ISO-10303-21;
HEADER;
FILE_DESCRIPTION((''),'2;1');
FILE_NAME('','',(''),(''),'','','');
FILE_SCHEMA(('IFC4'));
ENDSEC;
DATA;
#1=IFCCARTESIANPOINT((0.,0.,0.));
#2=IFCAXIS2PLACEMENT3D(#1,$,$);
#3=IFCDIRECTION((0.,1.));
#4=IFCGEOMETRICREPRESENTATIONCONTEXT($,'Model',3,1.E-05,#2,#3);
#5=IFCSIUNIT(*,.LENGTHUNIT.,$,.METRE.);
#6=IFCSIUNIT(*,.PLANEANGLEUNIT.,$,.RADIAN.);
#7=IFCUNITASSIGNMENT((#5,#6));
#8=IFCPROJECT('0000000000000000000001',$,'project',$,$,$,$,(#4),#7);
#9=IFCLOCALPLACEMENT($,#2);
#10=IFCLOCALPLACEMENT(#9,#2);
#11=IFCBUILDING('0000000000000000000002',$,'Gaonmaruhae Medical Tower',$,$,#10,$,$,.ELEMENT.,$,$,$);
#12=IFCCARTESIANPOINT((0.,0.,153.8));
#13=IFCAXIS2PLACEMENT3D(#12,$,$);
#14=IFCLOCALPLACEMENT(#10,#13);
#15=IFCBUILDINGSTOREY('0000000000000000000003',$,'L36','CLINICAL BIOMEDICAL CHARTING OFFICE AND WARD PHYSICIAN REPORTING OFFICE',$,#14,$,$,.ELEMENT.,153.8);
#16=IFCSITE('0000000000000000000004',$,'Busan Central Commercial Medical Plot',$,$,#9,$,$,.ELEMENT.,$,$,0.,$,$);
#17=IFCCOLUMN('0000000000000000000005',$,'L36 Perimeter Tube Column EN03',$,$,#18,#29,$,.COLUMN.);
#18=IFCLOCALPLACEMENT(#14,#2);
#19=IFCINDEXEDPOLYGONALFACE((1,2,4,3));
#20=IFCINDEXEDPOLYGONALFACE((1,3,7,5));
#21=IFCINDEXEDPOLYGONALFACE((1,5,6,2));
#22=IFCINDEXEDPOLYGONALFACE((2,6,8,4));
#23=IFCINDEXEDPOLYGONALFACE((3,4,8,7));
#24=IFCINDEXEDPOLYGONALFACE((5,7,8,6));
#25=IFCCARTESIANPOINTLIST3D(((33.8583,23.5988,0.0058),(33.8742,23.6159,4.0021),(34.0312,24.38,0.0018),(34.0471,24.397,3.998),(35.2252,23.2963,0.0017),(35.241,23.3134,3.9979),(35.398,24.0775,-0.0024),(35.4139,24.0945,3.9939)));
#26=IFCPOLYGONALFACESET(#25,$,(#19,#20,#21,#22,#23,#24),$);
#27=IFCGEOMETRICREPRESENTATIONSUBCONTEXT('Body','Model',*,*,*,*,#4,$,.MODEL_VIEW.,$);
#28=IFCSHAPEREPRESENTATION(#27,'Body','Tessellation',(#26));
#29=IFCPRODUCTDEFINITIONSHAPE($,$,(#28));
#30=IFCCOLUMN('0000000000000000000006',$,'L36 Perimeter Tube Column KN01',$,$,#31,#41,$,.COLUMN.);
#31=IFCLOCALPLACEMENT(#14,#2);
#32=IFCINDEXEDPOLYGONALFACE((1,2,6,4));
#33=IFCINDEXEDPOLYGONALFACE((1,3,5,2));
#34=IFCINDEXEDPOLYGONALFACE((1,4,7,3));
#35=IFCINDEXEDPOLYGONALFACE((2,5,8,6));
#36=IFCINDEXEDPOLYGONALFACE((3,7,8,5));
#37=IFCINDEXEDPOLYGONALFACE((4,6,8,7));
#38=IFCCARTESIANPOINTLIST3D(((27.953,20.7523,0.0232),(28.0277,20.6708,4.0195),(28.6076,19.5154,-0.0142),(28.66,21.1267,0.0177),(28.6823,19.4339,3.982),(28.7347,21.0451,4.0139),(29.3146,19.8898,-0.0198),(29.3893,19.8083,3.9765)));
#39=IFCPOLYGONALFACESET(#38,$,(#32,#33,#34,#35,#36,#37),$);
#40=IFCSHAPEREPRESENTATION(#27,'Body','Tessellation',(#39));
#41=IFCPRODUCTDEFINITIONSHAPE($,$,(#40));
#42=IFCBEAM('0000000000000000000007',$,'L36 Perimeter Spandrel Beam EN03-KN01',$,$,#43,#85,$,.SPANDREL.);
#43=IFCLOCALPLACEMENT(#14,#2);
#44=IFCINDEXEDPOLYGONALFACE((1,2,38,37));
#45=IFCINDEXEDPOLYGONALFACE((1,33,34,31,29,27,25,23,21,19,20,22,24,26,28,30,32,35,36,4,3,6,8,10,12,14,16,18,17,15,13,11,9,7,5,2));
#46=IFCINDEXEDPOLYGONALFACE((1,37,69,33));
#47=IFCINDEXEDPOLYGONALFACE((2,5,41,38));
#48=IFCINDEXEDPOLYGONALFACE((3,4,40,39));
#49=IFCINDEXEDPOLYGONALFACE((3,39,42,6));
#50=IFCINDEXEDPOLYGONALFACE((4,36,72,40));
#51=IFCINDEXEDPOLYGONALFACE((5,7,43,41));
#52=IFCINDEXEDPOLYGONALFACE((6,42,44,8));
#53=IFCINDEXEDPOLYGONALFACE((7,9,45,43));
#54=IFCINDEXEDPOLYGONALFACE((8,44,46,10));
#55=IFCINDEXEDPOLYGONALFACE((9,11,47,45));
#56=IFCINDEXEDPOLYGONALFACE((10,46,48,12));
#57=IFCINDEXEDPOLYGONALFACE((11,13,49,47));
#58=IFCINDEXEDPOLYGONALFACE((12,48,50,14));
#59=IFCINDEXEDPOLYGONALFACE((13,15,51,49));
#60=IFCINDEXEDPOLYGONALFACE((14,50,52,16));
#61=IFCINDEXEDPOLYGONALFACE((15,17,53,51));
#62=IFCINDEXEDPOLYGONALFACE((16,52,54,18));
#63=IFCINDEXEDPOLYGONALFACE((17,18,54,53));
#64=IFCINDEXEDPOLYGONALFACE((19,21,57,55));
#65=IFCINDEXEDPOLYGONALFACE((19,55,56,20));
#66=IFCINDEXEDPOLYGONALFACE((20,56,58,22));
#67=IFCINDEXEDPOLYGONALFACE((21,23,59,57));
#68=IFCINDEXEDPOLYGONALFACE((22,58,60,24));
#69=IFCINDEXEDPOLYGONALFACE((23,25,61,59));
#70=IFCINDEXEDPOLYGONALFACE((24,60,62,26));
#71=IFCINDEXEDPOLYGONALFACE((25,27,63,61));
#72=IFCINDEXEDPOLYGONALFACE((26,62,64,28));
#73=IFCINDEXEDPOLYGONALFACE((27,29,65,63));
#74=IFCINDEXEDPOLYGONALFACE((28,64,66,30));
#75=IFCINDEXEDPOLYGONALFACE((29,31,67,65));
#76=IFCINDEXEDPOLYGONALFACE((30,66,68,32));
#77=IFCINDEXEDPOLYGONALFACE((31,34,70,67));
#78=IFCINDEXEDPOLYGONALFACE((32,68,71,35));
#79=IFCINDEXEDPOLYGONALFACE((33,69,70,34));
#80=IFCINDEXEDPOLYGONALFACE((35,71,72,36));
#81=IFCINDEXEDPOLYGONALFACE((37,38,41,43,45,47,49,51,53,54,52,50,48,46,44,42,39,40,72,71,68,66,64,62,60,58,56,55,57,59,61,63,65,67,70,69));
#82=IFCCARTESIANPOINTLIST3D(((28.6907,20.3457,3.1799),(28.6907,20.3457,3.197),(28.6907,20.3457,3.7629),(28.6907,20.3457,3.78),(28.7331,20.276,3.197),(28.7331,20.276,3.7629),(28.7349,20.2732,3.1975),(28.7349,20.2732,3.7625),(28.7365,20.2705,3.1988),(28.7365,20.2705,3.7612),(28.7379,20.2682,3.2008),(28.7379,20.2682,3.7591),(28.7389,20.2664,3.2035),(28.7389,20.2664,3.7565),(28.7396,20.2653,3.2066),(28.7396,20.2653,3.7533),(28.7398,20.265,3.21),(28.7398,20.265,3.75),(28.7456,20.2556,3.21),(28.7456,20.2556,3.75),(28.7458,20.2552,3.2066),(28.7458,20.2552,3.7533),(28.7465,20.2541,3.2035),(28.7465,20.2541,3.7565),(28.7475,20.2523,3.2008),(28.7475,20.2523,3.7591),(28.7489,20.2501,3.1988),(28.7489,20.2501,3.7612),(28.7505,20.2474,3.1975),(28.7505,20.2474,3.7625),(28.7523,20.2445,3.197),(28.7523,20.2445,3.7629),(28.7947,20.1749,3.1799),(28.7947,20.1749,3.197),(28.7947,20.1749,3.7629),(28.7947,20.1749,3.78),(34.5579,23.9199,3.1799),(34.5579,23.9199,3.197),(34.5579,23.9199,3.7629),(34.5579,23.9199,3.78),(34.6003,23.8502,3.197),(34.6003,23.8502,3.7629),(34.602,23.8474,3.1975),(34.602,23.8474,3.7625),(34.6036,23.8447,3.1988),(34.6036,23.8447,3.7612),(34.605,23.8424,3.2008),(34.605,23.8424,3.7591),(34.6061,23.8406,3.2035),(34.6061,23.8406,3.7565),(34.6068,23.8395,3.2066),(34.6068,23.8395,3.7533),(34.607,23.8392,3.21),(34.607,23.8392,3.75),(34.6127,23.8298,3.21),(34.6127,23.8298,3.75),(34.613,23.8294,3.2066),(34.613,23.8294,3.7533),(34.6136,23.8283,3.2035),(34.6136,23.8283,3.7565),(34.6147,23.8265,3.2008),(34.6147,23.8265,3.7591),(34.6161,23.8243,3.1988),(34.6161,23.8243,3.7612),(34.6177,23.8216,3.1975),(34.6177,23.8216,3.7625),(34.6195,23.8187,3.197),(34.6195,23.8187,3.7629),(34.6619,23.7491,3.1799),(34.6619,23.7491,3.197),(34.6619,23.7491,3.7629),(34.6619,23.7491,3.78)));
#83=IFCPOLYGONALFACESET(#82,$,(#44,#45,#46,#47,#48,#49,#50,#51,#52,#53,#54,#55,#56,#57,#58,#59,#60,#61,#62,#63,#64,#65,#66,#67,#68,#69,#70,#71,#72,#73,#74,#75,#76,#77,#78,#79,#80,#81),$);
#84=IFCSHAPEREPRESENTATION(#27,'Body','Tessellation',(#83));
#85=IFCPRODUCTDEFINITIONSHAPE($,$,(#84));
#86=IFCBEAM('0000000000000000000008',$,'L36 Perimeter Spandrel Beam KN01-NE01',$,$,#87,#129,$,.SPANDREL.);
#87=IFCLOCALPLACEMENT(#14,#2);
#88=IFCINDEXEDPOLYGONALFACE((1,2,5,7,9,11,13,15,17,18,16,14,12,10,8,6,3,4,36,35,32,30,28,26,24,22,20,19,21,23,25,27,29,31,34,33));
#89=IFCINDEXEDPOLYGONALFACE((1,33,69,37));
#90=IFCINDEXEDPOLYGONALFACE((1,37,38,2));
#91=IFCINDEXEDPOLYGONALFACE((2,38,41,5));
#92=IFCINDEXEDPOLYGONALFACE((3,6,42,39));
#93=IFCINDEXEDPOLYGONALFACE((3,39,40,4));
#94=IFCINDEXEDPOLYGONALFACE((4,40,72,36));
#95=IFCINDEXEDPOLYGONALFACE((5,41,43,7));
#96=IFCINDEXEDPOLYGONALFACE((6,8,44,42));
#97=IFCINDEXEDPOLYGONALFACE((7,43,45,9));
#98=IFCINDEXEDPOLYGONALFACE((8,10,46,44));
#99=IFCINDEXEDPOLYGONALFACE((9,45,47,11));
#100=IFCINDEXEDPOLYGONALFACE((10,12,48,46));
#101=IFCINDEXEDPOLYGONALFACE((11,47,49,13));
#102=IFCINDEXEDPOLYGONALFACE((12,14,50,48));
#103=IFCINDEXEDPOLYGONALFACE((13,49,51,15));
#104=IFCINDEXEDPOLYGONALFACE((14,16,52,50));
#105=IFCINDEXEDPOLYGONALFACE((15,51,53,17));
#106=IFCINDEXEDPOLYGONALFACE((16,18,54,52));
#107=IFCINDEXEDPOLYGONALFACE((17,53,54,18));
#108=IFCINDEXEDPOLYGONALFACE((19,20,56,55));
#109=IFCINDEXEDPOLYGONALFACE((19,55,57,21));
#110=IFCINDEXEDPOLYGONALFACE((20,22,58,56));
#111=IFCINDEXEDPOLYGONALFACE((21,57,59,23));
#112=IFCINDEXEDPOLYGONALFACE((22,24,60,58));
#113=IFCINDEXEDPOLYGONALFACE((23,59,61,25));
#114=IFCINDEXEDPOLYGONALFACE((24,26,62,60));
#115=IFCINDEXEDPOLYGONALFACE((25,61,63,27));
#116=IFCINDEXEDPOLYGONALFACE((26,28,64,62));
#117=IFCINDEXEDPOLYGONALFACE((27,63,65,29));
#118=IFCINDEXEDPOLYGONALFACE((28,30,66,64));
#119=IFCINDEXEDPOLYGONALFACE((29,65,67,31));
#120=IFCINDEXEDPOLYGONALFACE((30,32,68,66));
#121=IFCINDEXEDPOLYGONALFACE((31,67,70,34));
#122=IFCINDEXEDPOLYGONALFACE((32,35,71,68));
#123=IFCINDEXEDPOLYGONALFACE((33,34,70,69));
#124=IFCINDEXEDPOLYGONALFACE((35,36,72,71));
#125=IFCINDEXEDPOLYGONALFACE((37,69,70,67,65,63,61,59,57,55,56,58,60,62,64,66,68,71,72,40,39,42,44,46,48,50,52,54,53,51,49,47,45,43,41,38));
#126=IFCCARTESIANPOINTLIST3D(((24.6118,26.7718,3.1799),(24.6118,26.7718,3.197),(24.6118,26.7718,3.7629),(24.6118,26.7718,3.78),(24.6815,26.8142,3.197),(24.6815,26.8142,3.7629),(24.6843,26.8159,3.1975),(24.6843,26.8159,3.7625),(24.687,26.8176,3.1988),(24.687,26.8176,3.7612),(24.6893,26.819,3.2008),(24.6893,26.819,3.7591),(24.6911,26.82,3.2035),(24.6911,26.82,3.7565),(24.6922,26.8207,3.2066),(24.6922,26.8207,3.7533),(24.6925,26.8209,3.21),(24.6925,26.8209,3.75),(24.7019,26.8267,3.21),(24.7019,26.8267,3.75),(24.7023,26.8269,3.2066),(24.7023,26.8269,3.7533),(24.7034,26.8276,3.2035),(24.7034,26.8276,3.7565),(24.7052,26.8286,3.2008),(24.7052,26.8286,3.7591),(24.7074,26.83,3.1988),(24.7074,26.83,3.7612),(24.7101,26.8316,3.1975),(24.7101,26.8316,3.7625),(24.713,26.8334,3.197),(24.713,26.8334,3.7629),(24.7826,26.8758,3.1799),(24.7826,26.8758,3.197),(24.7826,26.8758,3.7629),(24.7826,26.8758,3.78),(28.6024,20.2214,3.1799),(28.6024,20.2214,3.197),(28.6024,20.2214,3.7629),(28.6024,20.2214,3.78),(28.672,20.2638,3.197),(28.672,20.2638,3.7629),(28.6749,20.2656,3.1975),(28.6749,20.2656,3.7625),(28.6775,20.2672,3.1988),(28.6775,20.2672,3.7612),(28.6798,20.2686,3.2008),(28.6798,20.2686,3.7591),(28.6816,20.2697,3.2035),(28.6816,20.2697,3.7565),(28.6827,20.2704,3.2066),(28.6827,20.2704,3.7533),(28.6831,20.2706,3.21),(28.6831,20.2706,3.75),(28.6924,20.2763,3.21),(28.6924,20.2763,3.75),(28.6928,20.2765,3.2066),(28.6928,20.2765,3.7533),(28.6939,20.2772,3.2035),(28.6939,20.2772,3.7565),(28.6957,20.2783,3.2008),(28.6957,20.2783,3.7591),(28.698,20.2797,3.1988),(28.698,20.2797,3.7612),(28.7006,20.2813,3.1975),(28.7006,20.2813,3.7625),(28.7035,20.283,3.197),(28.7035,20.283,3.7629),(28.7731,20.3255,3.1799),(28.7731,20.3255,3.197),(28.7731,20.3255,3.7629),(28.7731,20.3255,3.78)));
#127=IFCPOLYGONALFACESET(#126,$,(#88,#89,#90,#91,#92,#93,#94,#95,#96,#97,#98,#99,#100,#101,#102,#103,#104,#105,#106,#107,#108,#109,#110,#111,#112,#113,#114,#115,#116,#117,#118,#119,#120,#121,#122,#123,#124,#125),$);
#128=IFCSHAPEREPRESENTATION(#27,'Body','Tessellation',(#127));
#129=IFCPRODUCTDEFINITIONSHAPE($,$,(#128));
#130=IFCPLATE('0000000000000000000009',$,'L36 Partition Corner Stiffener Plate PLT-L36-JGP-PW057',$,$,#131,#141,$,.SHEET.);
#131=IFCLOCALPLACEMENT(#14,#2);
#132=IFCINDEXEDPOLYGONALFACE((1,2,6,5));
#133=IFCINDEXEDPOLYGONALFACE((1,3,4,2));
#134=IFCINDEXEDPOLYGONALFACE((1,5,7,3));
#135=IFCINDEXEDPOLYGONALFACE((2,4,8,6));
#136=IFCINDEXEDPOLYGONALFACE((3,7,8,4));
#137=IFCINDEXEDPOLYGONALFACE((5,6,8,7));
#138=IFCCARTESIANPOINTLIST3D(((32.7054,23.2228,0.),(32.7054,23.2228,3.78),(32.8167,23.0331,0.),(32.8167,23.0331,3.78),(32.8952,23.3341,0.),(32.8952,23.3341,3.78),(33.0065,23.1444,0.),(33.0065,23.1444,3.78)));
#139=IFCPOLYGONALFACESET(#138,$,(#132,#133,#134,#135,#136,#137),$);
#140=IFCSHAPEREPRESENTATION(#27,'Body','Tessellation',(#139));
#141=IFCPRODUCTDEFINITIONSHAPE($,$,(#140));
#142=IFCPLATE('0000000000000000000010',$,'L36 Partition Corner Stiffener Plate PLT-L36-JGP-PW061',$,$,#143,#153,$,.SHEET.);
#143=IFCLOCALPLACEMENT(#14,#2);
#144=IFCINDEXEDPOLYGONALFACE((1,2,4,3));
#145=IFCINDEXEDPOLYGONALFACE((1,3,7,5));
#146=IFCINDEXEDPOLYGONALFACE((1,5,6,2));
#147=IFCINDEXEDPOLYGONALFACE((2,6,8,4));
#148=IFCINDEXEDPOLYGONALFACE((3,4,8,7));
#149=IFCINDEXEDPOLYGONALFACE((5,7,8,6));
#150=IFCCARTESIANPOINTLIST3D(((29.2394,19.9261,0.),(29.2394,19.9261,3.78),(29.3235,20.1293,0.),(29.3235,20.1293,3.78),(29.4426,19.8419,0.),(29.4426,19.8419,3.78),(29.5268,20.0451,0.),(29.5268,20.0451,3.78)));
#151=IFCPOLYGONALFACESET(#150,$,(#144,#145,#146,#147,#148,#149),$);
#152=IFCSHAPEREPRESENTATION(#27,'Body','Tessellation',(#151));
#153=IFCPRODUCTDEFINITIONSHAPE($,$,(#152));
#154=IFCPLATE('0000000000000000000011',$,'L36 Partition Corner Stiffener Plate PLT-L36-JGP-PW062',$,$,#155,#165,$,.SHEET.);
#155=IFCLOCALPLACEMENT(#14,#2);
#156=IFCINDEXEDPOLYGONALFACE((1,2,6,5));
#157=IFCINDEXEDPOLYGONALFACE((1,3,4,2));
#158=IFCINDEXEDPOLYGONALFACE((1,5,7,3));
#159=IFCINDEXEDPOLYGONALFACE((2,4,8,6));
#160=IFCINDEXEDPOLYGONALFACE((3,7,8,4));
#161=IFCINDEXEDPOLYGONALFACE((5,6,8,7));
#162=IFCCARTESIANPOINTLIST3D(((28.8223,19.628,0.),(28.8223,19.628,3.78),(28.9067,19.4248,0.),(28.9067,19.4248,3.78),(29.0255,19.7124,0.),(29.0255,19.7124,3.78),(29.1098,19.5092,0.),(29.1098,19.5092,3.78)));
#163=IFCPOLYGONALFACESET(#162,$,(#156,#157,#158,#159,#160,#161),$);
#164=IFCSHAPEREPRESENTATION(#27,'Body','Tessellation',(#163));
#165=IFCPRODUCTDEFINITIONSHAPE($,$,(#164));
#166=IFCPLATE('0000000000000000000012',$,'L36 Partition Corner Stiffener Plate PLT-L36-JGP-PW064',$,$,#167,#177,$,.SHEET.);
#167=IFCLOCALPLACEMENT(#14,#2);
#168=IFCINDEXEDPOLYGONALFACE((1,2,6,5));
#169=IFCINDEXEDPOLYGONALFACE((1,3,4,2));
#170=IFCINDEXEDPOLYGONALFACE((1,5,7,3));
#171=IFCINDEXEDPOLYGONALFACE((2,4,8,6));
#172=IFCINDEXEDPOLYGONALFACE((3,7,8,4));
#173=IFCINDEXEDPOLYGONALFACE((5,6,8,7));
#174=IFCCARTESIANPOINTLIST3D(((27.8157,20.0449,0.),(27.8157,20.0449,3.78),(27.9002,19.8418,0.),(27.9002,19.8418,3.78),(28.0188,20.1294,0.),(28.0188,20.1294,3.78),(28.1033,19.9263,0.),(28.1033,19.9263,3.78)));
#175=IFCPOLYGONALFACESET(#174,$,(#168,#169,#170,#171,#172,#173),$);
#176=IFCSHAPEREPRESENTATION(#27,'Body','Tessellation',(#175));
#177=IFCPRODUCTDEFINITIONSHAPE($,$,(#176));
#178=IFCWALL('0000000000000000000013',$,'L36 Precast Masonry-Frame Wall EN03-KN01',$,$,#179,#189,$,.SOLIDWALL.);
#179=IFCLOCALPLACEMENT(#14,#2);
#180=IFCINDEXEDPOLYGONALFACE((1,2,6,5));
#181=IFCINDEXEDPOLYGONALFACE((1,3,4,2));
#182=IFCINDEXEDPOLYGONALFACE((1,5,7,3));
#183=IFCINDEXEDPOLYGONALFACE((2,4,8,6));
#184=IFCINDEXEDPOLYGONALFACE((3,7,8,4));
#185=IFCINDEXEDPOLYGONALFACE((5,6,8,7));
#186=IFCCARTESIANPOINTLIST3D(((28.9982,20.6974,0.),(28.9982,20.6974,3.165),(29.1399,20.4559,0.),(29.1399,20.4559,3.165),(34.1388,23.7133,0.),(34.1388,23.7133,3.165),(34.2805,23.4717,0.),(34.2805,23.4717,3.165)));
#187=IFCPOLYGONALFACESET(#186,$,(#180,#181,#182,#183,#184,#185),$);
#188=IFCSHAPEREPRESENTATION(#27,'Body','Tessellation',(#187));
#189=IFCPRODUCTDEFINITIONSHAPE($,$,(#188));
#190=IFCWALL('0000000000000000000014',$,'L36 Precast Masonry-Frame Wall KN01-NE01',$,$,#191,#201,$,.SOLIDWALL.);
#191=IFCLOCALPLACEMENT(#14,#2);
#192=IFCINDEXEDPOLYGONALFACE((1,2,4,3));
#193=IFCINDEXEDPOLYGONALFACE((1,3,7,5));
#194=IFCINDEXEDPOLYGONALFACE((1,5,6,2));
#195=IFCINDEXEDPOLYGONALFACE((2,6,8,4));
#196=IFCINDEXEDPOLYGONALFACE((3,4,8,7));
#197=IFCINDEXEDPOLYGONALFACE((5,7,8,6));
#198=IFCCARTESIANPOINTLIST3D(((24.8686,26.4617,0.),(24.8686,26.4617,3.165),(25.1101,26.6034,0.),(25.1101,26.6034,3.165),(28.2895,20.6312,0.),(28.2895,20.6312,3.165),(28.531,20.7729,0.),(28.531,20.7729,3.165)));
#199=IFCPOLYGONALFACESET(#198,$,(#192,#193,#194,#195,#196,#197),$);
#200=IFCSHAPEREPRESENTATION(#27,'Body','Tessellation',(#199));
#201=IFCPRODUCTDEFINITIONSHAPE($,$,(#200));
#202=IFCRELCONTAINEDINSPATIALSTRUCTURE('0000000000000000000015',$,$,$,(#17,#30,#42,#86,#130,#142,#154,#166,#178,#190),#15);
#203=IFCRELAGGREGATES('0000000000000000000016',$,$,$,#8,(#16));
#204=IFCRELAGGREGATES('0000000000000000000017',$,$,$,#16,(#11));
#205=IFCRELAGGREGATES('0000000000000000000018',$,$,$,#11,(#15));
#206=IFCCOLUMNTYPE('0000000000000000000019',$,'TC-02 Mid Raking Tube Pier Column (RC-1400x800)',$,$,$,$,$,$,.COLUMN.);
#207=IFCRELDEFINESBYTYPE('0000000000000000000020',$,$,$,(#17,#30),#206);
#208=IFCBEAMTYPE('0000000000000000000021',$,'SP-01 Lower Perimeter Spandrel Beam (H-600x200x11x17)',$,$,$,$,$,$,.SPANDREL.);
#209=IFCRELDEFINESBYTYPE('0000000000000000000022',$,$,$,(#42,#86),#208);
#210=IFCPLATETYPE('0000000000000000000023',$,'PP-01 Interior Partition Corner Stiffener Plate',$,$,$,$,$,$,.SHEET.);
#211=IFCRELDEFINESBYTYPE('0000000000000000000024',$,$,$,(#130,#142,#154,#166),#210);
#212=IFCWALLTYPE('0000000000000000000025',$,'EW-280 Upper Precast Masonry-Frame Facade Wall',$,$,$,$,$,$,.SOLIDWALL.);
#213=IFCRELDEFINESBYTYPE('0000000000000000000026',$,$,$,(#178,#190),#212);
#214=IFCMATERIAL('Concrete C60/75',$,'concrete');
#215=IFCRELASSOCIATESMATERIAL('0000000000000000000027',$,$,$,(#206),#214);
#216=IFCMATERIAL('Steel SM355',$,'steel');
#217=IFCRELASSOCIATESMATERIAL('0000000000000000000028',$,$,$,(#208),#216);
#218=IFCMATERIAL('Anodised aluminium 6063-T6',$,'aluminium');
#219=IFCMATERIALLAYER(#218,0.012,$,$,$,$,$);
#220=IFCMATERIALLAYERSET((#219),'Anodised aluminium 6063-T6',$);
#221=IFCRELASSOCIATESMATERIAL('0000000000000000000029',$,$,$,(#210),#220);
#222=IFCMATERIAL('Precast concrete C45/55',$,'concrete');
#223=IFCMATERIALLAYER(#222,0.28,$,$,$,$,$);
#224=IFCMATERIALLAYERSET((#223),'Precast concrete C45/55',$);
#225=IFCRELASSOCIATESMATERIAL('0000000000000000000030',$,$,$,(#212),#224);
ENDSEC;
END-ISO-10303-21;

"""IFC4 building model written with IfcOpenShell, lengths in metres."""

from ifc_helpers import new_model, si_unit, direction, frame, frame_2d, origin, origin_2d, place, context, subcontext, project, spatial, rectangle, i_section, extrude, material, layer, layer_set, material_profile, profile_set, type_object, element, save


model = new_model("IFC4")

# Units and contexts
model_context = context("Model", 3, precision=1e-05, world=origin(), true_north=direction((0.0, 1.0)))
body_context = subcontext(model_context, "Body", "Model", "MODEL_VIEW")
ifc_project = project(units=[si_unit("LENGTHUNIT", "METRE"), si_unit("PLANEANGLEUNIT", "RADIAN")], contexts=[model_context])

# Site, building, storey
site_placement = place(None, origin())
site = spatial("IfcSite", under=ifc_project, at=site_placement, Name="Busan Central Commercial Medical Plot", CompositionType="ELEMENT", RefElevation=0.0)
building_placement = place(site_placement, origin())
building = spatial("IfcBuilding", under=site, at=building_placement, Name="Gaonmaruhae Medical Tower", CompositionType="ELEMENT")
storey_placement = place(building_placement, frame((0.0, 0.0, 153.8)))
storey = spatial("IfcBuildingStorey", under=building, at=storey_placement, Name="L36", Description="CLINICAL BIOMEDICAL CHARTING OFFICE AND WARD PHYSICIAN REPORTING OFFICE", CompositionType="ELEMENT", Elevation=153.8)

# Columns
ifc_material_1 = material(Name="Concrete C60/75", Category="concrete")
ifc_material_profile_1 = material_profile(ifc_material_1, rectangle(XDim=1.3999, YDim=0.8, at=origin_2d()), Name="RC-1400x800")
ifc_profile_set_1 = profile_set([ifc_material_profile_1], Name="Concrete C60/75")
column_type = type_object("IfcColumnType", Name="TC-02 Mid Raking Tube Pier Column (RC-1400x800)", PredefinedType="COLUMN", material=ifc_profile_set_1)
column_1_placement = place(storey_placement, frame((34.6282, 23.8381, 0.0017), z_axis=(0.003971, 0.004276, 0.999983), x_axis=(-0.97637, 0.216086, 0.002953)))
element("IfcColumn", 1, at=column_1_placement, inside=storey, type_object=column_type, Name="L36 Perimeter Tube Column EN03", PredefinedType="COLUMN", context=body_context, shape_type="SweptSolid", body=[
    extrude(rectangle(XDim=1.3999, YDim=0.8, at=origin_2d()), origin(), (0.0, 0.0, 1.0), 3.9963),
])
column_2_placement = place(storey_placement, frame((28.6338, 20.321, 0.0017), z_axis=(0.018687, -0.020397, 0.999617), x_axis=(-0.467601, 0.883534, 0.026769)))
element("IfcColumn", 2, at=column_2_placement, inside=storey, type_object=column_type, Name="L36 Perimeter Tube Column KN01", PredefinedType="COLUMN", context=body_context, shape_type="SweptSolid", body=[
    extrude(rectangle(XDim=1.3999, YDim=0.8, at=origin_2d()), origin(), (0.0, 0.0, 1.0), 3.9978),
])

# Beams
ifc_material_2 = material(Name="Steel SM355", Category="steel")
ifc_material_profile_2 = material_profile(ifc_material_2, i_section(OverallWidth=0.2, OverallDepth=0.6001, WebThickness=0.011, FlangeThickness=0.0171, FilletRadius=0.0129, at=origin_2d()), Name="H-600x200x11x17")
ifc_profile_set_2 = profile_set([ifc_material_profile_2], Name="Steel SM355")
beam_type = type_object("IfcBeamType", Name="SP-01 Lower Perimeter Spandrel Beam (H-600x200x11x17)", PredefinedType="SPANDREL", material=ifc_profile_set_2)
beam_1_placement = place(storey_placement, frame((34.6099, 23.8345, 3.48), z_axis=(-0.854012, -0.520254, 0.0), x_axis=(0.520254, -0.854012, 0.0)))
element("IfcBeam", 3, at=beam_1_placement, inside=storey, type_object=beam_type, Name="L36 Perimeter Spandrel Beam EN03-KN01", PredefinedType="SPANDREL", context=body_context, shape_type="SweptSolid", body=[
    extrude(i_section(OverallWidth=0.2, OverallDepth=0.6001, WebThickness=0.011, FlangeThickness=0.0171, FilletRadius=0.0129, at=origin_2d()), origin(), (0.0, 0.0, 1.0), 6.8701),
])
beam_2_placement = place(storey_placement, frame((28.6877, 20.2734, 3.48), z_axis=(-0.520265, 0.854005, 0.0), x_axis=(-0.854005, -0.520265, 0.0)))
element("IfcBeam", 4, at=beam_2_placement, inside=storey, type_object=beam_type, Name="L36 Perimeter Spandrel Beam KN01-NE01", PredefinedType="SPANDREL", context=body_context, shape_type="SweptSolid", body=[
    extrude(i_section(OverallWidth=0.2, OverallDepth=0.6001, WebThickness=0.011, FlangeThickness=0.0171, FilletRadius=0.0129, at=origin_2d()), origin(), (0.0, 0.0, 1.0), 7.6702),
])

# Plates
ifc_material_3 = material(Name="Anodised aluminium 6063-T6", Category="aluminium")
ifc_layer_1 = layer(ifc_material_3, 0.012)
ifc_layer_set_1 = layer_set([ifc_layer_1], Name="Anodised aluminium 6063-T6")
plate_type = type_object("IfcPlateType", Name="PP-01 Interior Partition Corner Stiffener Plate", PredefinedType="SHEET", material=ifc_layer_set_1)
for number, where, z_axis, x_axis, name in (
    (5, (32.856, 23.1836, 0.0), (0.0, 0.0, 1.0), (0.506019, -0.862523, 0.0), "L36 Partition Corner Stiffener Plate PLT-L36-JGP-PW057"),
    (6, (29.3831, 19.9856, 0.0), (0.0, 0.0, 1.0), (-0.382716, -0.923866, 0.0), "L36 Partition Corner Stiffener Plate PLT-L36-JGP-PW061"),
    (7, (28.9661, 19.5686, 0.0), (0.0, 0.0, 1.0), (-0.923539, -0.383506, 0.0), "L36 Partition Corner Stiffener Plate PLT-L36-JGP-PW062"),
    (8, (27.9595, 19.9856, 0.0), (0.0, 0.0, 1.0), (-0.384054, 0.923311, 0.0), "L36 Partition Corner Stiffener Plate PLT-L36-JGP-PW064"),
):
    element("IfcPlate", number, at=place(storey_placement, frame(where, z_axis=z_axis, x_axis=x_axis)), inside=storey, type_object=plate_type, Name=name, PredefinedType="SHEET", context=body_context, shape_type="SweptSolid", body=[
        extrude(rectangle(XDim=0.22, YDim=0.22, at=origin_2d()), origin(), (0.0, 0.0, 1.0), 3.78),
    ])

# Walls
ifc_material_4 = material(Name="Precast concrete C45/55", Category="concrete")
ifc_layer_2 = layer(ifc_material_4, 0.28)
ifc_layer_set_2 = layer_set([ifc_layer_2], Name="Precast concrete C45/55")
wall_type_1 = type_object("IfcWallType", Name="EW-280 Upper Precast Masonry-Frame Facade Wall", PredefinedType="SOLIDWALL", material=ifc_layer_set_2)
wall_1_placement = place(storey_placement, frame((29.0691, 20.5767, 0.0), z_axis=(0.0, 0.0, 1.0), x_axis=(0.862522, 0.506019, 0.0)))
element("IfcWall", 9, at=wall_1_placement, inside=storey, type_object=wall_type_1, Name="L36 Precast Masonry-Frame Wall EN03-KN01", PredefinedType="SOLIDWALL", context=body_context, shape_type="SweptSolid", body=[
    extrude(rectangle(XDim=5.96, YDim=0.28, at=frame_2d((2.98, 0.0))), origin(), (0.0, 0.0, 1.0), 3.165),
])
wall_2_placement = place(storey_placement, frame((28.4102, 20.7021, 0.0), z_axis=(0.0, 0.0, 1.0), x_axis=(-0.506048, 0.862506, 0.0)))
element("IfcWall", 10, at=wall_2_placement, inside=storey, type_object=wall_type_1, Name="L36 Precast Masonry-Frame Wall KN01-NE01", PredefinedType="SOLIDWALL", context=body_context, shape_type="SweptSolid", body=[
    extrude(rectangle(XDim=6.76, YDim=0.28, at=frame_2d((3.3799, 0.0))), origin(), (0.0, 0.0, 1.0), 3.165),
])

save(model, "model.ifc")
